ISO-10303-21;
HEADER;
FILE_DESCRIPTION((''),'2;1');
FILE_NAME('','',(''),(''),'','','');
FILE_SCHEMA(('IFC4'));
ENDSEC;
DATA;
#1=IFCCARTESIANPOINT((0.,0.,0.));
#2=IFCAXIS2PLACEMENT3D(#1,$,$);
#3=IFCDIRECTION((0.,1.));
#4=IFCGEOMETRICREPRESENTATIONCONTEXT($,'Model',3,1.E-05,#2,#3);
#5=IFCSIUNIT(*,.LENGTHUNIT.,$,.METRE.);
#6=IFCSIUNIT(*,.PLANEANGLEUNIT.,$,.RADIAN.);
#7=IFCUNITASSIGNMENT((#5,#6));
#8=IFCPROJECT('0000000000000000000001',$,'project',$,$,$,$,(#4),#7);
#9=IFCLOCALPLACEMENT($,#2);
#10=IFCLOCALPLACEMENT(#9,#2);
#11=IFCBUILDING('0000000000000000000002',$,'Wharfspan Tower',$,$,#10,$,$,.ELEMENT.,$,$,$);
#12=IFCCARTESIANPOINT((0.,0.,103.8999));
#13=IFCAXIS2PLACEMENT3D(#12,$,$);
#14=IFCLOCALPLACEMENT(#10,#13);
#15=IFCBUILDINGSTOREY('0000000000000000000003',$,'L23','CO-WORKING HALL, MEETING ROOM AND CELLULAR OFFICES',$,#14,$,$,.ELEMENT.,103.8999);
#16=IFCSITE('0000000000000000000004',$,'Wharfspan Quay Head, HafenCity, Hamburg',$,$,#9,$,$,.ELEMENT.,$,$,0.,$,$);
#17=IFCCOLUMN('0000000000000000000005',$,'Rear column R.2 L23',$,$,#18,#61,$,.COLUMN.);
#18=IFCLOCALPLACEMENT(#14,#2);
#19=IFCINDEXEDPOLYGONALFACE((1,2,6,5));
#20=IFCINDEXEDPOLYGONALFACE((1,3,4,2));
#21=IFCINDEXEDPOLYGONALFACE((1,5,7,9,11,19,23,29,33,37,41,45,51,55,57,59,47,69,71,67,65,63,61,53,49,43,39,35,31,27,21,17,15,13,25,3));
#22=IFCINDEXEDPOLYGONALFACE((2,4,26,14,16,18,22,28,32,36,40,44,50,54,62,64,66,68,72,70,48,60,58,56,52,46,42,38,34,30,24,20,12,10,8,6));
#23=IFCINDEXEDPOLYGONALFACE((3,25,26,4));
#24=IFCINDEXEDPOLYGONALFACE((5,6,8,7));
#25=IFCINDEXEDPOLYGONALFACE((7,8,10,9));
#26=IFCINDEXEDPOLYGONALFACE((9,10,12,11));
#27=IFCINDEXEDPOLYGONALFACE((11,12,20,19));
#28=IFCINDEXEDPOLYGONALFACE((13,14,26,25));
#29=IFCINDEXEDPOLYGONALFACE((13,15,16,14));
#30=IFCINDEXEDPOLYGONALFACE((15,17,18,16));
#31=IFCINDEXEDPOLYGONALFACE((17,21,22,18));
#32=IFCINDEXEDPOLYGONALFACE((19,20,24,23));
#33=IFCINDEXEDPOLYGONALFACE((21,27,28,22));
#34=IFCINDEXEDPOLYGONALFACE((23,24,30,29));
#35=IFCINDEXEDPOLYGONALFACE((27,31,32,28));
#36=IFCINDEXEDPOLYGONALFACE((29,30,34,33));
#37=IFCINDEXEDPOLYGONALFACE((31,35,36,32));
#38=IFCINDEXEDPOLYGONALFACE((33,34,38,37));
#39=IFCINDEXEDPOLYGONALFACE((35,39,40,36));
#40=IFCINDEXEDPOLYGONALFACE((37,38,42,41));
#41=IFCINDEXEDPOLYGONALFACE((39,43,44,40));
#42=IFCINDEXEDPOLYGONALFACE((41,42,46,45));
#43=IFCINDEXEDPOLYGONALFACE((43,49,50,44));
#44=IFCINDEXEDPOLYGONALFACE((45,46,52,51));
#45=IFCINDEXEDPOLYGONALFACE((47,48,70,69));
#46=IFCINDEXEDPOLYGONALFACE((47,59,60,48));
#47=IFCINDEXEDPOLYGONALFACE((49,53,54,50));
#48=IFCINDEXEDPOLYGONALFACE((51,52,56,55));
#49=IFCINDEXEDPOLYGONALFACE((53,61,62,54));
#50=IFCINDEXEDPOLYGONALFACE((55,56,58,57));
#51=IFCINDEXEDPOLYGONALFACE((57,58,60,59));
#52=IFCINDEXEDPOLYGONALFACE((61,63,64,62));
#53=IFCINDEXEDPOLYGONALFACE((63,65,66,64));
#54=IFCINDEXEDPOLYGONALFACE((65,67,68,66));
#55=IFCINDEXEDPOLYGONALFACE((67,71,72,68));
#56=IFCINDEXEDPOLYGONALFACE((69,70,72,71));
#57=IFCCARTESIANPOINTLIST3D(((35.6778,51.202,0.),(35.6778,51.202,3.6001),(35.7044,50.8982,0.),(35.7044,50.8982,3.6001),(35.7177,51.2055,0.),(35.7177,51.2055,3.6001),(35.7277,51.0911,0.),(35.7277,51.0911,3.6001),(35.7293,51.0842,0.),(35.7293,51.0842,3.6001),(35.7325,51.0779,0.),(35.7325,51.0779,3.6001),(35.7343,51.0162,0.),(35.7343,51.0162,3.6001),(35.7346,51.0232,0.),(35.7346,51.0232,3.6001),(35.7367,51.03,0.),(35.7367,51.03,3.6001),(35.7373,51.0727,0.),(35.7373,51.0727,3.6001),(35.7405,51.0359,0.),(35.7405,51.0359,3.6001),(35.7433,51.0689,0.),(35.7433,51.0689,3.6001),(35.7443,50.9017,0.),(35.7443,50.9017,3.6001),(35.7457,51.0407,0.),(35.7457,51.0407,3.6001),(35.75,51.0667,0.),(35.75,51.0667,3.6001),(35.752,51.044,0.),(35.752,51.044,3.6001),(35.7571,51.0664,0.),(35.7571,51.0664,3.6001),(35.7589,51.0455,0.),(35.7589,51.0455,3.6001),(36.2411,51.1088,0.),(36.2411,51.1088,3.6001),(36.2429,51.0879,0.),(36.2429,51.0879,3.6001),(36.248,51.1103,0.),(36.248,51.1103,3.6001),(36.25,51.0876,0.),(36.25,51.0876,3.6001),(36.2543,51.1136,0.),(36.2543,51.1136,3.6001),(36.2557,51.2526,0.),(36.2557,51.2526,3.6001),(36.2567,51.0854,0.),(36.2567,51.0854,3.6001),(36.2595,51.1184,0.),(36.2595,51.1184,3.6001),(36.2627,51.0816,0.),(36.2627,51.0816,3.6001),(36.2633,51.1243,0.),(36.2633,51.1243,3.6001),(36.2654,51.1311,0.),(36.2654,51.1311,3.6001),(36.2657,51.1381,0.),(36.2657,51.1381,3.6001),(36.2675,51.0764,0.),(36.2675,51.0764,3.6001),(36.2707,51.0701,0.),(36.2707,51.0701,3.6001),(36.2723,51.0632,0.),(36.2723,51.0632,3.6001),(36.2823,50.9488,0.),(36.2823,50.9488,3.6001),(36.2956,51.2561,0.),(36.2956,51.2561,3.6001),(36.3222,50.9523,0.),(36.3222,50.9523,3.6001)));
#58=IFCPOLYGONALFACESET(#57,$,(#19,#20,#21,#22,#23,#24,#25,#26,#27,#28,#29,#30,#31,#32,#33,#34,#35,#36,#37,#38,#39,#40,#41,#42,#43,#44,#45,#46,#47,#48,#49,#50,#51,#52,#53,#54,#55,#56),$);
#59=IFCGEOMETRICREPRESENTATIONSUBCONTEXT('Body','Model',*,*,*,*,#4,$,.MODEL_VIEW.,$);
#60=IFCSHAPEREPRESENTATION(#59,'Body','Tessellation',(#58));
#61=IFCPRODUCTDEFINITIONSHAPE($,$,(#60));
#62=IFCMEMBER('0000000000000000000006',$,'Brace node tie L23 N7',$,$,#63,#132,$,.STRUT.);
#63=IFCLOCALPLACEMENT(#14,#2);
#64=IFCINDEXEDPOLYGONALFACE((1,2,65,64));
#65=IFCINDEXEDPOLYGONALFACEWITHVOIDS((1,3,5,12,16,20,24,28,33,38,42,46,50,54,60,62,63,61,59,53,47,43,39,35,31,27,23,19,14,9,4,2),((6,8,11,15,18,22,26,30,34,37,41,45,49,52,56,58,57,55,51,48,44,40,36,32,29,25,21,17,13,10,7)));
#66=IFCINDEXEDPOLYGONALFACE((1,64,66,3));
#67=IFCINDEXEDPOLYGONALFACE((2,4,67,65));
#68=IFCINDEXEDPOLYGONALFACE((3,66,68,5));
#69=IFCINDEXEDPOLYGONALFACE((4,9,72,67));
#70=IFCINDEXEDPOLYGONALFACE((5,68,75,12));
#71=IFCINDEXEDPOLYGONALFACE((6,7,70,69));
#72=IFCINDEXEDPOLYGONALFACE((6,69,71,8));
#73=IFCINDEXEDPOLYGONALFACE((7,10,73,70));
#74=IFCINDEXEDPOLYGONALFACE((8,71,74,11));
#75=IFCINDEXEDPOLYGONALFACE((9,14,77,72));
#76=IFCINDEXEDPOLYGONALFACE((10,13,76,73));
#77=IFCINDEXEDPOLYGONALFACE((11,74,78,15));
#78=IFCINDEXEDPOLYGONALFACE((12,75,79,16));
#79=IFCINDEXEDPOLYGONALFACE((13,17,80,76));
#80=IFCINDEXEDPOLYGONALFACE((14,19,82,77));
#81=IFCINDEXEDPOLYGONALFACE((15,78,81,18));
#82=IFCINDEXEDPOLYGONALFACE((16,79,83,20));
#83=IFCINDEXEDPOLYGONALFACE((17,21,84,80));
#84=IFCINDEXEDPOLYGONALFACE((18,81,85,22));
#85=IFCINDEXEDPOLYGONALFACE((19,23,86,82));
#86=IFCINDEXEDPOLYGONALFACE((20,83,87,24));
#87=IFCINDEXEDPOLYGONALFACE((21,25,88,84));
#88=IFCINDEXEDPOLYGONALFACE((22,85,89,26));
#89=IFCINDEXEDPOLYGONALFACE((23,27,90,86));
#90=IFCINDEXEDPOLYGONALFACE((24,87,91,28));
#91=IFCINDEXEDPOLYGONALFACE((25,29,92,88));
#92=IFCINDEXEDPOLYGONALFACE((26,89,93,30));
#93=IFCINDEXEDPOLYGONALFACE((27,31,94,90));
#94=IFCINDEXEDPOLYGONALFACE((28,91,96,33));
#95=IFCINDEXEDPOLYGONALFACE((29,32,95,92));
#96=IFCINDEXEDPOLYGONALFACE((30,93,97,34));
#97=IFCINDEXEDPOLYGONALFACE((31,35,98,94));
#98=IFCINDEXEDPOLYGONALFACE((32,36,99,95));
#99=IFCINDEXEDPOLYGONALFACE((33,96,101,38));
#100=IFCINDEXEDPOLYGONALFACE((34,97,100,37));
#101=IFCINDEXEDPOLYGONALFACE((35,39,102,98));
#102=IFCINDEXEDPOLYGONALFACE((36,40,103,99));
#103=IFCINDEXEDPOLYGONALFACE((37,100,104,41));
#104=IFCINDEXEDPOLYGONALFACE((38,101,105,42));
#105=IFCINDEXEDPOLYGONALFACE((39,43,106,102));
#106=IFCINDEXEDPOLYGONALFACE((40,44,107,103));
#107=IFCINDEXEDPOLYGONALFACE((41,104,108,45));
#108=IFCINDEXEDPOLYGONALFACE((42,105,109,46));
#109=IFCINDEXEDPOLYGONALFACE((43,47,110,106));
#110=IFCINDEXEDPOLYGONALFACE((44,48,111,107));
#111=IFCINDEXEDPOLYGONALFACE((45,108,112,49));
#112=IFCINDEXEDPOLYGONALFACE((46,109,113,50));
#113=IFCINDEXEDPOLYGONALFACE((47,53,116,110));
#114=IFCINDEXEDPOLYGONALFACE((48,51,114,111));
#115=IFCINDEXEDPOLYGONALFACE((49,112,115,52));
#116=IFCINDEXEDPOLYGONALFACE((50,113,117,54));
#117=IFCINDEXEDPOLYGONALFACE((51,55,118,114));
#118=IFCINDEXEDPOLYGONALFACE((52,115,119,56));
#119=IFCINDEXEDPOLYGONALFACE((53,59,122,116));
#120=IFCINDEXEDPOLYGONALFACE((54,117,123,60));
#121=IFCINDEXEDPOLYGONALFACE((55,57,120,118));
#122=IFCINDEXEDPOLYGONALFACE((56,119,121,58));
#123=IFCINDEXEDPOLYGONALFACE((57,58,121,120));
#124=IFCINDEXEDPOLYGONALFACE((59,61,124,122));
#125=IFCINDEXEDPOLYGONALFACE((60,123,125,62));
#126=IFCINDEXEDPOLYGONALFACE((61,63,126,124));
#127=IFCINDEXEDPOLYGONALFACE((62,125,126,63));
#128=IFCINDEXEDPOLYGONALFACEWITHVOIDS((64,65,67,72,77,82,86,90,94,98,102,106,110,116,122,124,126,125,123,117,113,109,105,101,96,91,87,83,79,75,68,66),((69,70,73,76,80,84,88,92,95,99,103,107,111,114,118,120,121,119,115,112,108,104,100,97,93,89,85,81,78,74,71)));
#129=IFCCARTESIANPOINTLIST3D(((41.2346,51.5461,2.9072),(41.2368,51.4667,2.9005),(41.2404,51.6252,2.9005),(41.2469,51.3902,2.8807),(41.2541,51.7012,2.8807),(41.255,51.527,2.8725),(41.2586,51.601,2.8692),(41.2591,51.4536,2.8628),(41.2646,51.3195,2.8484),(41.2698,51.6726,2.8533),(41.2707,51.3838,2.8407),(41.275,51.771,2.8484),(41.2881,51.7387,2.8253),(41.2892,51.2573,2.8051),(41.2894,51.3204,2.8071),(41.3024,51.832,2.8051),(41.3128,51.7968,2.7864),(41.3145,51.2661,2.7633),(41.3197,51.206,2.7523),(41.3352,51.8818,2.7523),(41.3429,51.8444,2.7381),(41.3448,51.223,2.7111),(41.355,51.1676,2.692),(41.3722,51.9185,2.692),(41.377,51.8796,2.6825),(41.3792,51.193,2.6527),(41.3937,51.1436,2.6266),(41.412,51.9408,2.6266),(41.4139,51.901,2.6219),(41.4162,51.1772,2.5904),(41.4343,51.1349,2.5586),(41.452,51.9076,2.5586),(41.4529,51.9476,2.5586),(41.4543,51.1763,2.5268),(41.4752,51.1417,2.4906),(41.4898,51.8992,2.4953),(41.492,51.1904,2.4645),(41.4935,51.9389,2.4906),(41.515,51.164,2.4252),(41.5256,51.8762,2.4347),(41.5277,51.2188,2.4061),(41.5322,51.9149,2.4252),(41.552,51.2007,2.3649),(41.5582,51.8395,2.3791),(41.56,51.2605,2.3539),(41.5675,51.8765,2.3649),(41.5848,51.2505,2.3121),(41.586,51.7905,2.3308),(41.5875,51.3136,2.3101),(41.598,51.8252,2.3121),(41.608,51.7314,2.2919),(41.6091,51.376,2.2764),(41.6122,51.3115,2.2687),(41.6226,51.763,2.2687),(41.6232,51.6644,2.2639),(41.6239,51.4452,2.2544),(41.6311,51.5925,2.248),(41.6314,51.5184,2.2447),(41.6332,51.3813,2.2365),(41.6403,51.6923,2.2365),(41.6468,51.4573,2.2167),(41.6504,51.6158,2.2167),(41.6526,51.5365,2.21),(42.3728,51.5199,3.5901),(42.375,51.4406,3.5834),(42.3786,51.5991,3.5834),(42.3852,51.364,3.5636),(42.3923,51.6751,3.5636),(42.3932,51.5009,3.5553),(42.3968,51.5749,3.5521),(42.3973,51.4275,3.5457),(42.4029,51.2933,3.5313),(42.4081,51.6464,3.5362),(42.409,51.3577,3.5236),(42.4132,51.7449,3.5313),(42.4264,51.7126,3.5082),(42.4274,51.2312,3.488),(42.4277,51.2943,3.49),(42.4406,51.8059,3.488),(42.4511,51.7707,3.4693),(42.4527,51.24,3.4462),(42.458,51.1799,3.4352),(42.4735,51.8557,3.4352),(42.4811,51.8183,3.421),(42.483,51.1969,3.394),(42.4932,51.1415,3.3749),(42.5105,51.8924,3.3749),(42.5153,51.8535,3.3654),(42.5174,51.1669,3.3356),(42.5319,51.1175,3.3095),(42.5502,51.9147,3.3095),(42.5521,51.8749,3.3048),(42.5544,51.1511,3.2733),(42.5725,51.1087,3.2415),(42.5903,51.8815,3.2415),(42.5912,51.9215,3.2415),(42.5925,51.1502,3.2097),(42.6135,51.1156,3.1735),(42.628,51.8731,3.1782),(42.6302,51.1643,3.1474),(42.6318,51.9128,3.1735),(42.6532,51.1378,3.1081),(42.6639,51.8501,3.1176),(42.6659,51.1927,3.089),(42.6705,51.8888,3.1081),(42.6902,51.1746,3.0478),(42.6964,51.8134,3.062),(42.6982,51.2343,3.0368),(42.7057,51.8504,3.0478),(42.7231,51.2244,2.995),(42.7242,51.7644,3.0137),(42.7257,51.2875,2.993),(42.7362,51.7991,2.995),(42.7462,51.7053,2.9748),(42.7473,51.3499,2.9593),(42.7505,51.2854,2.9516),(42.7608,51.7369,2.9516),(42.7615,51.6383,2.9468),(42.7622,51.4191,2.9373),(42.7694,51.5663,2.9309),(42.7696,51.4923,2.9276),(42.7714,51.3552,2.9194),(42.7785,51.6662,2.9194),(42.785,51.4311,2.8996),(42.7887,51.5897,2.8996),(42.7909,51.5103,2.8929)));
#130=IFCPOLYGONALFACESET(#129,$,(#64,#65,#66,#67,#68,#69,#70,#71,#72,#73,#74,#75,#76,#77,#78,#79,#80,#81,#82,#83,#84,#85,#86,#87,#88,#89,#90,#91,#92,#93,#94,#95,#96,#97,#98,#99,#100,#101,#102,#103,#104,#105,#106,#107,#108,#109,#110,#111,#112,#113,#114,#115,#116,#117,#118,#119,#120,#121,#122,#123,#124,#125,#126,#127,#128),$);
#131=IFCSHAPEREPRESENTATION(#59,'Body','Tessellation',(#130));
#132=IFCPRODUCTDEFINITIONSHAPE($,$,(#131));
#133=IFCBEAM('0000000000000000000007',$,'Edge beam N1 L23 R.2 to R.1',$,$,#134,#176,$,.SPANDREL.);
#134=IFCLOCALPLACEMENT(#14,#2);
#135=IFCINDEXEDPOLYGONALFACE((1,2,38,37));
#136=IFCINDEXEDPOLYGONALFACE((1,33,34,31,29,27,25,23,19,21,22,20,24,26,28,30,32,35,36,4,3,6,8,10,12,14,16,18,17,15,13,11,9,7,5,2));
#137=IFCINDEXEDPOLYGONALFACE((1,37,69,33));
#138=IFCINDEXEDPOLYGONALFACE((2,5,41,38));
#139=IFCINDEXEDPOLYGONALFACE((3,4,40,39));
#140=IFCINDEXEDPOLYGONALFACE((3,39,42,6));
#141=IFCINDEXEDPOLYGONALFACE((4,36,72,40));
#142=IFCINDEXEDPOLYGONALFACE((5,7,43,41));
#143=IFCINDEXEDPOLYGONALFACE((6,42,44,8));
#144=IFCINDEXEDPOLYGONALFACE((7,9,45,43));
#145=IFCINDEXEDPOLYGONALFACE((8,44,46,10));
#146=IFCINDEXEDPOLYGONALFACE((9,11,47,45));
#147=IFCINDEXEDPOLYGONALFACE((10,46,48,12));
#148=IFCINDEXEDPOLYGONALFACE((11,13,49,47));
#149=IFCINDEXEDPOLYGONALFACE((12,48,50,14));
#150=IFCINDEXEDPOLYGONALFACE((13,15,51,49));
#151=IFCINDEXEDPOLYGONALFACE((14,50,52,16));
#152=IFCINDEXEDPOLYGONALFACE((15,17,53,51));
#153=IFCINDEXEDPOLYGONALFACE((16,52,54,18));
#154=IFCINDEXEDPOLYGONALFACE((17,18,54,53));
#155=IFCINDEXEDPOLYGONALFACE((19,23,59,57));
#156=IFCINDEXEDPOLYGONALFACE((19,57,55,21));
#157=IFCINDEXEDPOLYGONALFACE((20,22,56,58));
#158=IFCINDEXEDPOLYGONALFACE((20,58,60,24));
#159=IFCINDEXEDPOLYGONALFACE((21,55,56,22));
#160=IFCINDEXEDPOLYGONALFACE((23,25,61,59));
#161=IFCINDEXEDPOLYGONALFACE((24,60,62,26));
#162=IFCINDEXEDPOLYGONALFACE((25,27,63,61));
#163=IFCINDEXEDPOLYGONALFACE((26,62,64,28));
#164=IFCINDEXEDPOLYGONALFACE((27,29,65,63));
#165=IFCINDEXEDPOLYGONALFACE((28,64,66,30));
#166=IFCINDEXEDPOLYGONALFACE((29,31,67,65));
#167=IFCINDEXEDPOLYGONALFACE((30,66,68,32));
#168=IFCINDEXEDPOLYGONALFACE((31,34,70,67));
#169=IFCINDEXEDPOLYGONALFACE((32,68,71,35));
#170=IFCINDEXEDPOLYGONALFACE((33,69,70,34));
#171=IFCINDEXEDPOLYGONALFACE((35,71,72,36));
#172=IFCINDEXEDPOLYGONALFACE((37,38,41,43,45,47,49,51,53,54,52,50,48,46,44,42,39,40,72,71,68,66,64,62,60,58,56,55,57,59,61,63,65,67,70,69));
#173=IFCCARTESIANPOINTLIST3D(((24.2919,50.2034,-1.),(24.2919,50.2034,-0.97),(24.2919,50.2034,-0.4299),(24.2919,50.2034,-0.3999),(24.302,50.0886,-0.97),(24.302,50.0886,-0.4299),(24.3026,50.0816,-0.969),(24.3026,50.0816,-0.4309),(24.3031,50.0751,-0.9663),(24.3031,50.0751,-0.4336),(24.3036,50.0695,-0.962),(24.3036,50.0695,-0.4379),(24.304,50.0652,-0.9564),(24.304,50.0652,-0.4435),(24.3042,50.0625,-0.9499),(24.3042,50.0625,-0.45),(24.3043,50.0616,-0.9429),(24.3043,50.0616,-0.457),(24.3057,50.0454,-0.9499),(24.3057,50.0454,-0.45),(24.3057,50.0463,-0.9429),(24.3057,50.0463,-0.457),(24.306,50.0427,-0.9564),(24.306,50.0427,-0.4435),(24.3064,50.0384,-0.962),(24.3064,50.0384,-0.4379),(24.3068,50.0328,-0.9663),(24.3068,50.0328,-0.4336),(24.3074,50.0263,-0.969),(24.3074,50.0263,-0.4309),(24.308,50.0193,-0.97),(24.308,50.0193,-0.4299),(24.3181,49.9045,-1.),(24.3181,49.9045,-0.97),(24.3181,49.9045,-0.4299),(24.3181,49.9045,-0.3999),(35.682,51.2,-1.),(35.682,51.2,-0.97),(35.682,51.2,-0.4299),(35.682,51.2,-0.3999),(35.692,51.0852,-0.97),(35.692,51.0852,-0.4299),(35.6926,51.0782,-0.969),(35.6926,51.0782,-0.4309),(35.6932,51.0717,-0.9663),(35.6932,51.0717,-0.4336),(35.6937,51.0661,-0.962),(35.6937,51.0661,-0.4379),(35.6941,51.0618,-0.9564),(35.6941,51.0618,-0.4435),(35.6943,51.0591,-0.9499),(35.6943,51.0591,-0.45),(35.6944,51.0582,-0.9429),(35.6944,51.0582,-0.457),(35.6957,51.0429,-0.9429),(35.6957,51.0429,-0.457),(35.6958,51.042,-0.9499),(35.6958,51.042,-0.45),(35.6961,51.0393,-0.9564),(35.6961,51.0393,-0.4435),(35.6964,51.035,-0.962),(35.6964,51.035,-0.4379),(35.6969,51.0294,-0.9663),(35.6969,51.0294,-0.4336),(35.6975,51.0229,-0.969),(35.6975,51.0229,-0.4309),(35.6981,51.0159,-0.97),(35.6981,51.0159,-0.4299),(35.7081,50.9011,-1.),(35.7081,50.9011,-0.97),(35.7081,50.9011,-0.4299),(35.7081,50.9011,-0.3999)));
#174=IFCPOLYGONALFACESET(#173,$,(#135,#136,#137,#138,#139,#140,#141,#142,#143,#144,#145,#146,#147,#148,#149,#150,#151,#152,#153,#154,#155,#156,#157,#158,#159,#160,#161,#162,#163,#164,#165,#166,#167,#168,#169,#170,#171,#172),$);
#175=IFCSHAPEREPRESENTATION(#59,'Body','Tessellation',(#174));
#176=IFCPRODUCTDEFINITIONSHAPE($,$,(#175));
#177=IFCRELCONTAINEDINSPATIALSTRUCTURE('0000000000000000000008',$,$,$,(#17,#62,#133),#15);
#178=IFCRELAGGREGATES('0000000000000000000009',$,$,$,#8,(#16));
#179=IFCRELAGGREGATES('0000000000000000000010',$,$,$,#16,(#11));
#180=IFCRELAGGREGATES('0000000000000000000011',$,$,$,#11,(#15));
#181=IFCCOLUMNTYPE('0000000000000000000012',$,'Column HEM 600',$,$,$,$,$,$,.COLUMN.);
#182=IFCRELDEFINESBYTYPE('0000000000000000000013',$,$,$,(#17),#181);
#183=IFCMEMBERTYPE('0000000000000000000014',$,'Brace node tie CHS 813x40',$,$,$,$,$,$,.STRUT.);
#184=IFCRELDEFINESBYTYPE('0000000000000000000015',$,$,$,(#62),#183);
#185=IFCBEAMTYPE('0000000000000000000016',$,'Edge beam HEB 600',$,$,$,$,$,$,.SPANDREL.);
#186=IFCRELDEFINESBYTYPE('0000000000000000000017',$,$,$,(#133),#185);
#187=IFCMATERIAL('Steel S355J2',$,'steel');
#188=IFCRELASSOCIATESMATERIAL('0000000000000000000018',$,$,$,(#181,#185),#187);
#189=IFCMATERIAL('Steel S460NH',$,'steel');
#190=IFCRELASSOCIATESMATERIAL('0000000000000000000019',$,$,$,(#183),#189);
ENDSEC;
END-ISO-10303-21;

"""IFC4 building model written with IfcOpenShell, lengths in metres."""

from ifc_helpers import new_model, si_unit, direction, frame, origin, origin_2d, place, context, subcontext, project, spatial, hollow_circle, i_section, extrude, material, material_profile, profile_set, type_object, element, save


model = new_model("IFC4")

# Units and contexts
model_context = context("Model", 3, precision=1e-05, world=origin(), true_north=direction((0.0, 1.0)))
body_context = subcontext(model_context, "Body", "Model", "MODEL_VIEW")
ifc_project = project(units=[si_unit("LENGTHUNIT", "METRE"), si_unit("PLANEANGLEUNIT", "RADIAN")], contexts=[model_context])

# Site, building, storey
site_placement = place(None, origin())
site = spatial("IfcSite", under=ifc_project, at=site_placement, Name="Wharfspan Quay Head, HafenCity, Hamburg", CompositionType="ELEMENT", RefElevation=0.0)
building_placement = place(site_placement, origin())
building = spatial("IfcBuilding", under=site, at=building_placement, Name="Wharfspan Tower", CompositionType="ELEMENT")
storey_placement = place(building_placement, frame((0.0, 0.0, 103.8999)))
storey = spatial("IfcBuildingStorey", under=building, at=storey_placement, Name="L23", Description="CO-WORKING HALL, MEETING ROOM AND CELLULAR OFFICES", CompositionType="ELEMENT", Elevation=103.8999)

# Column
ifc_material_1 = material(Name="Steel S355J2", Category="steel")
ifc_material_profile_1 = material_profile(ifc_material_1, i_section(OverallWidth=0.3049, OverallDepth=0.6201, WebThickness=0.021, FlangeThickness=0.04, FilletRadius=0.0271, at=origin_2d()))
ifc_profile_set_1 = profile_set([ifc_material_profile_1], Name="Steel S355J2")
column_type = type_object("IfcColumnType", Name="Column HEM 600", PredefinedType="COLUMN", material=ifc_profile_set_1)
column_placement = place(storey_placement, frame((36.0, 51.0771, 0.0), z_axis=(0.0, 0.0, 1.0), x_axis=(-0.087156, 0.996198, 0.0)))
element("IfcColumn", 1, at=column_placement, inside=storey, type_object=column_type, Name="Rear column R.2 L23", PredefinedType="COLUMN", context=body_context, shape_type="SweptSolid", body=[
    extrude(i_section(OverallWidth=0.3049, OverallDepth=0.6201, WebThickness=0.021, FlangeThickness=0.04, FilletRadius=0.0271, at=origin_2d()), origin(), (0.0, 0.0, 1.0), 3.6001),
])

# Member
ifc_material_2 = material(Name="Steel S460NH", Category="steel")
ifc_material_profile_2 = material_profile(ifc_material_2, hollow_circle(Radius=0.4065, WallThickness=0.04, at=origin_2d()))
ifc_profile_set_2 = profile_set([ifc_material_profile_2], Name="Steel S460NH")
member_type_1 = type_object("IfcMemberType", Name="Brace node tie CHS 813x40", PredefinedType="STRUT", material=ifc_profile_set_2)
member_1_placement = place(storey_placement, frame((41.4436, 51.5413, 2.5586), z_axis=(0.857343, -0.019677, 0.514369), x_axis=(0.022944, 0.999741, 0.000002)))
element("IfcMember", 2, at=member_1_placement, inside=storey, type_object=member_type_1, Name="Brace node tie L23 N7", PredefinedType="STRUT", context=body_context, shape_type="SweptSolid", body=[
    extrude(hollow_circle(Radius=0.4065, WallThickness=0.04, at=origin_2d()), origin(), (0.0, 0.0, 1.0), 1.3276),
])

# Beam
ifc_material_profile_3 = material_profile(ifc_material_1, i_section(OverallWidth=0.3, OverallDepth=0.6001, WebThickness=0.0154, FlangeThickness=0.03, FilletRadius=0.0271, at=origin_2d()))
ifc_profile_set_3 = profile_set([ifc_material_profile_3], Name="Steel S355J2")
beam_type = type_object("IfcBeamType", Name="Edge beam HEB 600", PredefinedType="SPANDREL", material=ifc_profile_set_3)
beam_placement = place(storey_placement, frame((35.6951, 51.0505, -0.7), z_axis=(-0.996194, -0.087162, 0.0), x_axis=(0.087162, -0.996194, 0.0)))
element("IfcBeam", 3, at=beam_placement, inside=storey, type_object=beam_type, Name="Edge beam N1 L23 R.2 to R.1", PredefinedType="SPANDREL", context=body_context, shape_type="SweptSolid", body=[
    extrude(i_section(OverallWidth=0.3, OverallDepth=0.6001, WebThickness=0.0154, FlangeThickness=0.03, FilletRadius=0.0271, at=origin_2d()), origin(), (0.0, 0.0, 1.0), 11.4336),
])

save(model, "model.ifc")
